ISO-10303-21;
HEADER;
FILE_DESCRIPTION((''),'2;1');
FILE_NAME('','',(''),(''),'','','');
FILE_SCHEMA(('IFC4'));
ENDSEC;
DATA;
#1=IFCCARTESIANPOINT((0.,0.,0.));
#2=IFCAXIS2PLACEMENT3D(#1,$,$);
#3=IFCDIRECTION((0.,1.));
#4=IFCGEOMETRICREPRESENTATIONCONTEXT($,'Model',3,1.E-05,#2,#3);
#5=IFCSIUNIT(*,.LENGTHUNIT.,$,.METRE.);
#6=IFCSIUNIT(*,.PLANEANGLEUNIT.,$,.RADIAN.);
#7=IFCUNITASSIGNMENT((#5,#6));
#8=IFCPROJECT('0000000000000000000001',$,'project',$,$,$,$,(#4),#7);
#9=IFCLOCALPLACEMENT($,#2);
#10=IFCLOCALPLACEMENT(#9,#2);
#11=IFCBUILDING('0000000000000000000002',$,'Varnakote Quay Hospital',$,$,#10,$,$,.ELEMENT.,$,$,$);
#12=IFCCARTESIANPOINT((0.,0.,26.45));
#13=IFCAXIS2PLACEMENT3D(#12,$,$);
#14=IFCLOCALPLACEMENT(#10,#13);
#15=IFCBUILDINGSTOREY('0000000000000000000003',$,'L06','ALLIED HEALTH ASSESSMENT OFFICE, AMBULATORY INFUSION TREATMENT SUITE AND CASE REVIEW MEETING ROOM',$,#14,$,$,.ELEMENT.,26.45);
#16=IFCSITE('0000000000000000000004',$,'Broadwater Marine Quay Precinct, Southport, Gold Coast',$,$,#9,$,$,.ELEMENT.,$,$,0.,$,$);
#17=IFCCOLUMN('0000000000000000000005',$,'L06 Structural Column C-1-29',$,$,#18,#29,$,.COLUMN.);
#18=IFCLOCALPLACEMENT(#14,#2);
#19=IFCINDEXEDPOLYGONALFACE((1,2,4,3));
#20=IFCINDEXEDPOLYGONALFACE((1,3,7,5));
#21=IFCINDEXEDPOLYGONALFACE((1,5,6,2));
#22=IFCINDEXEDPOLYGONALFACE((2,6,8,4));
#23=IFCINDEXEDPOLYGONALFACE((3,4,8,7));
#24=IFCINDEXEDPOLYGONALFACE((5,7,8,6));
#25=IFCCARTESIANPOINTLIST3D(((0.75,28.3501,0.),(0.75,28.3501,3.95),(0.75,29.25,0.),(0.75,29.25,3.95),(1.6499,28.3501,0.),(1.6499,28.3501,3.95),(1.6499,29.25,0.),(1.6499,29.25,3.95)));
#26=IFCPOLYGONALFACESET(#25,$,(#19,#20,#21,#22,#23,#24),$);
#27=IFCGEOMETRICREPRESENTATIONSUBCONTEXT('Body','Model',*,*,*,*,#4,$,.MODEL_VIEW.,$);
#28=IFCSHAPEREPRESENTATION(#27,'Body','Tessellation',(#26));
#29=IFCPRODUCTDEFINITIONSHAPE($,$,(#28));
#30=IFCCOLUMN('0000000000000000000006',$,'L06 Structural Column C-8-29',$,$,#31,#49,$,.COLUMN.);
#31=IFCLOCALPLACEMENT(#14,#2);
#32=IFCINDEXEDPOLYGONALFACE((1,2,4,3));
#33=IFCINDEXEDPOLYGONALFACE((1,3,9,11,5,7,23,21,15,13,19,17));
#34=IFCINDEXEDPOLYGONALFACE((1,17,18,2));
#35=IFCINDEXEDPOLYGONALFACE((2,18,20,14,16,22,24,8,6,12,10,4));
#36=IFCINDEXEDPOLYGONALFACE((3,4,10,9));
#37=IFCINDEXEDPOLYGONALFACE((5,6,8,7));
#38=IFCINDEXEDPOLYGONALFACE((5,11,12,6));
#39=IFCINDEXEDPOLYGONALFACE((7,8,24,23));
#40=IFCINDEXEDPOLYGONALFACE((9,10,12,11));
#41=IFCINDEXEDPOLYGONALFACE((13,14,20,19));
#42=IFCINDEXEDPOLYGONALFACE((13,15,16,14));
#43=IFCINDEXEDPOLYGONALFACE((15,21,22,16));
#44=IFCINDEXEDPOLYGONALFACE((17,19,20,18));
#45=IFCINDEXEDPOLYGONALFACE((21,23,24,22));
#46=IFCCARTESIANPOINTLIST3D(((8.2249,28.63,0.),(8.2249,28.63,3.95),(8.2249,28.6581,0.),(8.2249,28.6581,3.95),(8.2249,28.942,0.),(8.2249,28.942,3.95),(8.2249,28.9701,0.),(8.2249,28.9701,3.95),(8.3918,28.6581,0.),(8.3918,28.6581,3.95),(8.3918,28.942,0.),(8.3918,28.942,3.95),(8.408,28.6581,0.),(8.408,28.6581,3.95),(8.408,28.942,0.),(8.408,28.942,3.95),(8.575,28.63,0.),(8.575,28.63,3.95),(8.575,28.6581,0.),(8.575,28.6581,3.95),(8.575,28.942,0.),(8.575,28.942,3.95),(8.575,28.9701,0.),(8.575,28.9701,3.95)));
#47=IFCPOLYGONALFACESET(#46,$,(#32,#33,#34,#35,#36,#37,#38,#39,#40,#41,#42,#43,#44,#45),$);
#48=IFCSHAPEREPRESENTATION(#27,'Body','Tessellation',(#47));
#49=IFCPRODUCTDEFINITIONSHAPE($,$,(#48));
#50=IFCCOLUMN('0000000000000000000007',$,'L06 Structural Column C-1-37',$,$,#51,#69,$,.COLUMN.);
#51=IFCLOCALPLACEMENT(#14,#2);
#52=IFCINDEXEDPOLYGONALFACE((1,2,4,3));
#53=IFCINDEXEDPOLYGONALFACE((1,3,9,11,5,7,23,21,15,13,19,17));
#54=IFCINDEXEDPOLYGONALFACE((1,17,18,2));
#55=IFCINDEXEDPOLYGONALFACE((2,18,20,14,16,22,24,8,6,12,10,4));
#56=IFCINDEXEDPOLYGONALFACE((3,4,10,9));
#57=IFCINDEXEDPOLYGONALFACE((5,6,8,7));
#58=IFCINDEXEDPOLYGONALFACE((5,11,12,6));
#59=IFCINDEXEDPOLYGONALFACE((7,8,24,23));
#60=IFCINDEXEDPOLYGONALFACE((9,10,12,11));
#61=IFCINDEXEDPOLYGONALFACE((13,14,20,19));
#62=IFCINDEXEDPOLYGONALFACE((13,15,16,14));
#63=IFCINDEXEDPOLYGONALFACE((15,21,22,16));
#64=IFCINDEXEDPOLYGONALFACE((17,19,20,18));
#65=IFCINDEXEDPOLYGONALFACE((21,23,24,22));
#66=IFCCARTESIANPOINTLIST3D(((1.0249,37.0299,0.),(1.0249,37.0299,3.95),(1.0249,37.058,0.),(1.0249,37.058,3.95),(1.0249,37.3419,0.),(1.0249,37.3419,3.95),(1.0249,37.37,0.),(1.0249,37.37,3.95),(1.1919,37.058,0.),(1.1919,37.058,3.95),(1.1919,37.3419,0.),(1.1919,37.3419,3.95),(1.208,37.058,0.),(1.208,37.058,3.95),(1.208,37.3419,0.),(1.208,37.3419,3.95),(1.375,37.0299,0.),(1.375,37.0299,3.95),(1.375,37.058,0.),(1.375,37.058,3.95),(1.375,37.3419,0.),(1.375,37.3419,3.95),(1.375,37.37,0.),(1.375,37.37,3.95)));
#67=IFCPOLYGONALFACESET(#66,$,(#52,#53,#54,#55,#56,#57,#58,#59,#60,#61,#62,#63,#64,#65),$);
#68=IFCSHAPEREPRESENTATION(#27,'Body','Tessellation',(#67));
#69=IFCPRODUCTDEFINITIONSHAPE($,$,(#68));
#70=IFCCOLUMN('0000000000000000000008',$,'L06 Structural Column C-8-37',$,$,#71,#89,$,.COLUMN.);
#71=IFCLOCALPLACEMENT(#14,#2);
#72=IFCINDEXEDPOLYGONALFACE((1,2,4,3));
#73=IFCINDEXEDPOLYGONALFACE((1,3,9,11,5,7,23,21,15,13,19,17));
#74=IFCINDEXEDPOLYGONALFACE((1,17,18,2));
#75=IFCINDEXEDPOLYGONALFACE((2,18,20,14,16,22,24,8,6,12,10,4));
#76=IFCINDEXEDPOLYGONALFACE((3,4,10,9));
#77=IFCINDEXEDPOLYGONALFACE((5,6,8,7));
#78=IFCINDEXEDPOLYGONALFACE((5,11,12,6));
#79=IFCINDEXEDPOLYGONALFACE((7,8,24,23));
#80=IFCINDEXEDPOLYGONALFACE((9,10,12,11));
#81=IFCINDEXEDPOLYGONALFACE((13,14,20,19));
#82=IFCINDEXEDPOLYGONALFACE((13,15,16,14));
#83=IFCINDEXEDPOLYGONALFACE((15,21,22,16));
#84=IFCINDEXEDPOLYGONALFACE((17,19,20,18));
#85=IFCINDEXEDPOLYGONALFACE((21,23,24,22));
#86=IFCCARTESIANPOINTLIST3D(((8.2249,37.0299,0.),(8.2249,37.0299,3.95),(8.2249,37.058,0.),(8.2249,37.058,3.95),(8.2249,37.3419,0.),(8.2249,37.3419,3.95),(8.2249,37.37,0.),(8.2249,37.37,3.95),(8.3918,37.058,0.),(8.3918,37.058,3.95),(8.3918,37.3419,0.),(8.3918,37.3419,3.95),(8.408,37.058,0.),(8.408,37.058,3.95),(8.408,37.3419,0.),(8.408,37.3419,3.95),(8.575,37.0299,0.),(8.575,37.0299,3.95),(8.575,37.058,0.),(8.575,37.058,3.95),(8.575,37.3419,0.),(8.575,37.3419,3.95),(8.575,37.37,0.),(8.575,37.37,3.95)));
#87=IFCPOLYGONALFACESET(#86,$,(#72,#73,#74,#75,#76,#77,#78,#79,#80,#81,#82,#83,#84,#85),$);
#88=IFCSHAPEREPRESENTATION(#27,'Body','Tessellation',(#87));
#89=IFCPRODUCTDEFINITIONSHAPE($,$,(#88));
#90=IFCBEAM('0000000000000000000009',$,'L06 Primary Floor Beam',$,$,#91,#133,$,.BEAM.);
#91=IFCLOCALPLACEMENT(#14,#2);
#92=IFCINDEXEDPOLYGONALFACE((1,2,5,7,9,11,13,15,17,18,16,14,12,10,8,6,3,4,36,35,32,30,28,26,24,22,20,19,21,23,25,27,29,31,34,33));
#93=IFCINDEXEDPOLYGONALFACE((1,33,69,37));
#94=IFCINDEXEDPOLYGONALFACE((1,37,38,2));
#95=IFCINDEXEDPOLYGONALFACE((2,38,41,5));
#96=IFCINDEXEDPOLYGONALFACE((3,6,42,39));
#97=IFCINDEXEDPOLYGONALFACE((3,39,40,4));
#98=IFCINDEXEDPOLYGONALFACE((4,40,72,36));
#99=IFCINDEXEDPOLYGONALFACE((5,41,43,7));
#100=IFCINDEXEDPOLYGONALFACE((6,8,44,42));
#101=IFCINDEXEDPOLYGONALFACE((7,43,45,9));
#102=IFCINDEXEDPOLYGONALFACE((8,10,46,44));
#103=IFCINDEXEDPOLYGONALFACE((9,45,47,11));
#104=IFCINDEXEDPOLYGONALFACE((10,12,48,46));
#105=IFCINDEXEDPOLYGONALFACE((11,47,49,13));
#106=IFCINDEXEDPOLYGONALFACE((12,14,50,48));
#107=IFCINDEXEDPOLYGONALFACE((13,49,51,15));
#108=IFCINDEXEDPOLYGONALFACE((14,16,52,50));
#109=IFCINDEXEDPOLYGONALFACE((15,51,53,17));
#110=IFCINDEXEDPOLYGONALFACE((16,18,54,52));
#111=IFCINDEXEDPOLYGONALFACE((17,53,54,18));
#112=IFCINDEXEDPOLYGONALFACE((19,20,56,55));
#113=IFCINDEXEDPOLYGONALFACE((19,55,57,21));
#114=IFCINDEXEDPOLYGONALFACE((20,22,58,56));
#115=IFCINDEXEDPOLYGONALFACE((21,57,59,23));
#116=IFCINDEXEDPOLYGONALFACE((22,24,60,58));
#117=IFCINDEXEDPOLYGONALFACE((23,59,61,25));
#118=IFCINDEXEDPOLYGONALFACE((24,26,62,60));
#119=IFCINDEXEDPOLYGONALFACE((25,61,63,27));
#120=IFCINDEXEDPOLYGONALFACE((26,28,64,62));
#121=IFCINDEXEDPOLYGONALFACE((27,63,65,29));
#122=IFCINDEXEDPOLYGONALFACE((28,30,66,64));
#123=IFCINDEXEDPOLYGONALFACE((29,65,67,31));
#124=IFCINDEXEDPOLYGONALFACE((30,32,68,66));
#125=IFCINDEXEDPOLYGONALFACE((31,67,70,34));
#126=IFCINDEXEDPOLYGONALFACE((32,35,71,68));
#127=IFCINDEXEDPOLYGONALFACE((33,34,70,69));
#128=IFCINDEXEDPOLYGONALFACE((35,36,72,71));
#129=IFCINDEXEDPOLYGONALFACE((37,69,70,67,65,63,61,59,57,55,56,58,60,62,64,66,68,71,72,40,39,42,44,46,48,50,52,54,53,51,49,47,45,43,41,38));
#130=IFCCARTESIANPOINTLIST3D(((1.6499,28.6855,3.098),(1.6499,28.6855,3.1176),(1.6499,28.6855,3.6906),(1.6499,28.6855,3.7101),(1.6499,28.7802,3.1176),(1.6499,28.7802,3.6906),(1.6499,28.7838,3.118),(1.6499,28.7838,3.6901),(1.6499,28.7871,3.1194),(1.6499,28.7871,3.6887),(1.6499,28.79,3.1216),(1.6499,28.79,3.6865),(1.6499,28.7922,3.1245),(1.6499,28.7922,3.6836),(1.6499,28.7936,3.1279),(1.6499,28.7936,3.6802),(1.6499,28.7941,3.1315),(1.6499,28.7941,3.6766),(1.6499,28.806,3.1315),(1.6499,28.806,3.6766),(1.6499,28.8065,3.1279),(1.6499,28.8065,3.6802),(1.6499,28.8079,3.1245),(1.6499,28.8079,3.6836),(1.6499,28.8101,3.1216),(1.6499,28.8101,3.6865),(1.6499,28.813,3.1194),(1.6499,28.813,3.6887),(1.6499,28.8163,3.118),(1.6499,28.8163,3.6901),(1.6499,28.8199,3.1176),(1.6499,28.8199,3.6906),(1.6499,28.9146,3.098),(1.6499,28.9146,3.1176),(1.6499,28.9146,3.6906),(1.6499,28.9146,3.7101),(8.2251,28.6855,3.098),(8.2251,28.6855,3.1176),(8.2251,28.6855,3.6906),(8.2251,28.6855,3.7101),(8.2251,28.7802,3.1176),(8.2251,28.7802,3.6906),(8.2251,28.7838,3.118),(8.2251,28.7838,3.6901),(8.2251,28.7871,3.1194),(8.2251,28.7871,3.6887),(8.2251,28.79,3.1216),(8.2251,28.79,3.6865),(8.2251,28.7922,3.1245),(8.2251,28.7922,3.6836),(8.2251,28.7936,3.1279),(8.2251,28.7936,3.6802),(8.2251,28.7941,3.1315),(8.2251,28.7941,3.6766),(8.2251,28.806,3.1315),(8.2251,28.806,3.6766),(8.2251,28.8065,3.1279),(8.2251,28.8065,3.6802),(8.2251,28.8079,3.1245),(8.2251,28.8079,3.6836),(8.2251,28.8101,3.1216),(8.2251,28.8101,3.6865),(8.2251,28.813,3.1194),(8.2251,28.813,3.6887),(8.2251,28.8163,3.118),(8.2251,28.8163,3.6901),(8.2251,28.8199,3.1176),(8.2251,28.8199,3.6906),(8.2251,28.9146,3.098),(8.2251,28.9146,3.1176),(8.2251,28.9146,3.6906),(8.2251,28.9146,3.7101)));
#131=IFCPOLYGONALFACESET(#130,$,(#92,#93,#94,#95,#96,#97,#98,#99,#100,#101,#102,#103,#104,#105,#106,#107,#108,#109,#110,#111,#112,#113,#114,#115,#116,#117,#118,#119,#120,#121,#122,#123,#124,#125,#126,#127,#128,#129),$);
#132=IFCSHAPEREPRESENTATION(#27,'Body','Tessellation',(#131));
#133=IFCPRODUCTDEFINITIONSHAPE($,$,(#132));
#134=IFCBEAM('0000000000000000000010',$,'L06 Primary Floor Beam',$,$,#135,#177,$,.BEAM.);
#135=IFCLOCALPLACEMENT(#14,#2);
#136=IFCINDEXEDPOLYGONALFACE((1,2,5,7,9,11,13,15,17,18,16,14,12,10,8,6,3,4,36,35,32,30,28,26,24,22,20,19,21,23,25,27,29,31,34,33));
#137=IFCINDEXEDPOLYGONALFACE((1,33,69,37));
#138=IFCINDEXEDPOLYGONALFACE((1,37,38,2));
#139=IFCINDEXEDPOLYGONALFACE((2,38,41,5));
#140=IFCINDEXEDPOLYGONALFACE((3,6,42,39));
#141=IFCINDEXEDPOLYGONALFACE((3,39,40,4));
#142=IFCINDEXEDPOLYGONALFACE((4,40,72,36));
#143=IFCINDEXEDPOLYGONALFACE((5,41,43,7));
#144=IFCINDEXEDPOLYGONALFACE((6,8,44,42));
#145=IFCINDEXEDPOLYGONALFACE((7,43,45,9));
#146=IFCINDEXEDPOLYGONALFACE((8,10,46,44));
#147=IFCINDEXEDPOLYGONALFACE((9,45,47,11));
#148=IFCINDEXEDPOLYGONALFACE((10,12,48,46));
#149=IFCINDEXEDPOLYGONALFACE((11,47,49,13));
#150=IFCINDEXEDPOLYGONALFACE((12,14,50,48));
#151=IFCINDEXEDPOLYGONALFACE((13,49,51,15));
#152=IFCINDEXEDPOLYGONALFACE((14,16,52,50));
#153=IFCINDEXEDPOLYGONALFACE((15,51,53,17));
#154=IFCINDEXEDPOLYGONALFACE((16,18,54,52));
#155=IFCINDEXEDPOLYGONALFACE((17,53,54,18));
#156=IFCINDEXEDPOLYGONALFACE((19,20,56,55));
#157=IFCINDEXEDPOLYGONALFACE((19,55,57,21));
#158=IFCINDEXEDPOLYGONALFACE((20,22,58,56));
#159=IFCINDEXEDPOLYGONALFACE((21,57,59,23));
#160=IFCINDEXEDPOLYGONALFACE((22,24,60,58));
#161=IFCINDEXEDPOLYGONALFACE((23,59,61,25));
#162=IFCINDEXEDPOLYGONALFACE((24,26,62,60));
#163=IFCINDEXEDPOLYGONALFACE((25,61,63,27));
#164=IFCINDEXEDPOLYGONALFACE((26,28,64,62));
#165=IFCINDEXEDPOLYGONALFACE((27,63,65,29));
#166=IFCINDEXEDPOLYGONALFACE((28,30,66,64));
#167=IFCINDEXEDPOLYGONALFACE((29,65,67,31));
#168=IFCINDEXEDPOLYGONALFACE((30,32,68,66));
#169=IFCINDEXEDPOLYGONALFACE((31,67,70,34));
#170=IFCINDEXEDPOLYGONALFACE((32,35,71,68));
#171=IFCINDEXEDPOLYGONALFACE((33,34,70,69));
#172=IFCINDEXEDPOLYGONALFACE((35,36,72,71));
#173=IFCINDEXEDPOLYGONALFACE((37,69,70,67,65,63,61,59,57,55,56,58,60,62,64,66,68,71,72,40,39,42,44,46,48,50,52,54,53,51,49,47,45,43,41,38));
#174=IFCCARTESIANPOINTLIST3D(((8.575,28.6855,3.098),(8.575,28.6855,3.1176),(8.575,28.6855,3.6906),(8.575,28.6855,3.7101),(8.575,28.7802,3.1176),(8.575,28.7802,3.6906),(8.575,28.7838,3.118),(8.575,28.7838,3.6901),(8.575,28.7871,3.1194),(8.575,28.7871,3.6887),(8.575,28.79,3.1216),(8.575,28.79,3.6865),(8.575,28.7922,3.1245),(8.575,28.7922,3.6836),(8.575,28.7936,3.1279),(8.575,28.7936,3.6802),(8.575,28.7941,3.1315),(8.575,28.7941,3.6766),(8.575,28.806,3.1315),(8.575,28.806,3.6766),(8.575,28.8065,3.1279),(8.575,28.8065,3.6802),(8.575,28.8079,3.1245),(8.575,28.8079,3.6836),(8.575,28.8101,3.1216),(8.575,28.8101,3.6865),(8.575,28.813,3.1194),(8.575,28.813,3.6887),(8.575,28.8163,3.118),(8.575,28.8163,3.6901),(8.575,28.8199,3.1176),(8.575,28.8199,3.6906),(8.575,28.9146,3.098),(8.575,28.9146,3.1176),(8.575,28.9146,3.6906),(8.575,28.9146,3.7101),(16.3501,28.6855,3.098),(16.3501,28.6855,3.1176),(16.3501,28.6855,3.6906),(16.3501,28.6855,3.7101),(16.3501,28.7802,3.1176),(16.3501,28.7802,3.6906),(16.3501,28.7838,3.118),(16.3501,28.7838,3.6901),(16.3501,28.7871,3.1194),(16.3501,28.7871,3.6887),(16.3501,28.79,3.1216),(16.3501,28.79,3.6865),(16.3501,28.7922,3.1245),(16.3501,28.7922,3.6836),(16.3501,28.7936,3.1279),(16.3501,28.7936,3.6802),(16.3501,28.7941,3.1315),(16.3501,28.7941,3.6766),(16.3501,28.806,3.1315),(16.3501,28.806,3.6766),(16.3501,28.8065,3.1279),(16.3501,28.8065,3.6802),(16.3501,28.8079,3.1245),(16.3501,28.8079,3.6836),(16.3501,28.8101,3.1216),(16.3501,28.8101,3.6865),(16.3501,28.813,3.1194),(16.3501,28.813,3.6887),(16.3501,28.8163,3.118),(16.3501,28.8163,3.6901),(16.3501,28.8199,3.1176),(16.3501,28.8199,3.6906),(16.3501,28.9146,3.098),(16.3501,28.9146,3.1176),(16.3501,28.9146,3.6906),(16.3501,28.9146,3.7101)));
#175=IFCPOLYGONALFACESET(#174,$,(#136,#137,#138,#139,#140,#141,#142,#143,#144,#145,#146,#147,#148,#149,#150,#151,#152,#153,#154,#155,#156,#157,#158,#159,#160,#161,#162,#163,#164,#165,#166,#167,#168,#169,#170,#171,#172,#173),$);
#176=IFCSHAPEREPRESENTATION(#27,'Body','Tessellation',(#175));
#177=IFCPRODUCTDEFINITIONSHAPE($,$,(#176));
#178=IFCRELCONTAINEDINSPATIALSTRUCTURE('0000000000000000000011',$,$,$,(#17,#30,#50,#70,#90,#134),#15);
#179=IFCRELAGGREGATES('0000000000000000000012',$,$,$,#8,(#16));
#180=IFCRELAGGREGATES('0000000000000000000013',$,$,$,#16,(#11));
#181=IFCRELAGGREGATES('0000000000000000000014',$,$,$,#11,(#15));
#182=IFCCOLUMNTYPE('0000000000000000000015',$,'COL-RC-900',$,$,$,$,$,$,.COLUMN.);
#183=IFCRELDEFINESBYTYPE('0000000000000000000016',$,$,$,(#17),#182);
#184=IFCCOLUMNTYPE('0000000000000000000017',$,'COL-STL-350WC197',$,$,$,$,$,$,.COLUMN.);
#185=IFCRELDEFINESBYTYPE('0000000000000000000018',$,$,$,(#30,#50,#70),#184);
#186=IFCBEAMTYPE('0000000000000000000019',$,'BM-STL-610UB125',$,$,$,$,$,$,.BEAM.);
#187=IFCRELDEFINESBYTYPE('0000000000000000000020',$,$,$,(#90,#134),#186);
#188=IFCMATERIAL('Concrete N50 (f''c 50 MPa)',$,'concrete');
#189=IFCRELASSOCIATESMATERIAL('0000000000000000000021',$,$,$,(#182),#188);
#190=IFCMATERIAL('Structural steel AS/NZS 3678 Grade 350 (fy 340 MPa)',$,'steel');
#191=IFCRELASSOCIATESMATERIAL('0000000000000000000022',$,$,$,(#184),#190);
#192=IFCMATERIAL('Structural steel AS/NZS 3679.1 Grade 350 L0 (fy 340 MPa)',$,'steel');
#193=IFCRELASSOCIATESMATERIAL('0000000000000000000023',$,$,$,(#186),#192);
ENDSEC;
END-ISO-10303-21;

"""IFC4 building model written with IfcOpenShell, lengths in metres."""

from ifc_helpers import new_model, si_unit, direction, frame, origin, origin_2d, place, context, subcontext, project, spatial, rectangle, i_section, extrude, material, material_profile, profile_set, type_object, element, save


model = new_model("IFC4")

# Units and contexts
model_context = context("Model", 3, precision=1e-05, world=origin(), true_north=direction((0.0, 1.0)))
body_context = subcontext(model_context, "Body", "Model", "MODEL_VIEW")
ifc_project = project(units=[si_unit("LENGTHUNIT", "METRE"), si_unit("PLANEANGLEUNIT", "RADIAN")], contexts=[model_context])

# Site, building, storey
site_placement = place(None, origin())
site = spatial("IfcSite", under=ifc_project, at=site_placement, Name="Broadwater Marine Quay Precinct, Southport, Gold Coast", CompositionType="ELEMENT", RefElevation=0.0)
building_placement = place(site_placement, origin())
building = spatial("IfcBuilding", under=site, at=building_placement, Name="Varnakote Quay Hospital", CompositionType="ELEMENT")
storey_placement = place(building_placement, frame((0.0, 0.0, 26.45)))
storey = spatial("IfcBuildingStorey", under=building, at=storey_placement, Name="L06", Description="ALLIED HEALTH ASSESSMENT OFFICE, AMBULATORY INFUSION TREATMENT SUITE AND CASE REVIEW MEETING ROOM", CompositionType="ELEMENT", Elevation=26.45)

# Columns
ifc_material_1 = material(Name="Concrete N50 (f'c 50 MPa)", Category="concrete")
ifc_material_profile_1 = material_profile(ifc_material_1, rectangle(XDim=0.8999, YDim=0.8999, at=origin_2d()), Name="RC-COL-900x900")
ifc_profile_set_1 = profile_set([ifc_material_profile_1], Name="Concrete N50 (f'c 50 MPa)")
column_type_1 = type_object("IfcColumnType", Name="COL-RC-900", PredefinedType="COLUMN", material=ifc_profile_set_1)
column_placement = place(storey_placement, frame((1.2, 28.8, 0.0), z_axis=(0.0, 0.0, 1.0), x_axis=(1.0, 0.0, 0.0)))
element("IfcColumn", 1, at=column_placement, inside=storey, type_object=column_type_1, Name="L06 Structural Column C-1-29", PredefinedType="COLUMN", context=body_context, shape_type="SweptSolid", body=[
    extrude(rectangle(XDim=0.8999, YDim=0.8999, at=origin_2d()), origin(), (0.0, 0.0, 1.0), 3.95),
])
ifc_material_2 = material(Name="Structural steel AS/NZS 3678 Grade 350 (fy 340 MPa)", Category="steel")
ifc_material_profile_2 = material_profile(ifc_material_2, i_section(OverallWidth=0.3501, OverallDepth=0.3401, WebThickness=0.0161, FlangeThickness=0.0281, at=origin_2d()), Name="350WC197")
ifc_profile_set_2 = profile_set([ifc_material_profile_2], Name="Structural steel AS/NZS 3678 Grade 350 (fy 340 MPa)")
column_type_2 = type_object("IfcColumnType", Name="COL-STL-350WC197", PredefinedType="COLUMN", material=ifc_profile_set_2)
for number, where, z_axis, x_axis, name in (
    (2, (8.3999, 28.8, 0.0), (0.0, 0.0, 1.0), (1.0, 0.0, 0.0), "L06 Structural Column C-8-29"),
    (3, (1.2, 37.2, 0.0), (0.0, 0.0, 1.0), (1.0, 0.0, 0.0), "L06 Structural Column C-1-37"),
    (4, (8.3999, 37.2, 0.0), (0.0, 0.0, 1.0), (1.0, 0.0, 0.0), "L06 Structural Column C-8-37"),
):
    element("IfcColumn", number, at=place(storey_placement, frame(where, z_axis=z_axis, x_axis=x_axis)), inside=storey, type_object=column_type_2, Name=name, PredefinedType="COLUMN", context=body_context, shape_type="SweptSolid", body=[
        extrude(i_section(OverallWidth=0.3501, OverallDepth=0.3401, WebThickness=0.0161, FlangeThickness=0.0281, at=origin_2d()), origin(), (0.0, 0.0, 1.0), 3.95),
    ])

# Beams
ifc_material_3 = material(Name="Structural steel AS/NZS 3679.1 Grade 350 L0 (fy 340 MPa)", Category="steel")
ifc_material_profile_3 = material_profile(ifc_material_3, i_section(OverallWidth=0.229, OverallDepth=0.6121, WebThickness=0.012, FlangeThickness=0.0195, FilletRadius=0.0139, at=origin_2d()), Name="610UB125")
ifc_profile_set_3 = profile_set([ifc_material_profile_3], Name="Structural steel AS/NZS 3679.1 Grade 350 L0 (fy 340 MPa)")
beam_type_1 = type_object("IfcBeamType", Name="BM-STL-610UB125", PredefinedType="BEAM", material=ifc_profile_set_3)
beam_1_placement = place(storey_placement, frame((1.6499, 28.8, 3.4041), z_axis=(1.0, 0.0, 0.0), x_axis=(0.0, 1.0, 0.0)))
element("IfcBeam", 5, at=beam_1_placement, inside=storey, type_object=beam_type_1, Name="L06 Primary Floor Beam", PredefinedType="BEAM", context=body_context, shape_type="SweptSolid", body=[
    extrude(i_section(OverallWidth=0.229, OverallDepth=0.6121, WebThickness=0.012, FlangeThickness=0.0195, FilletRadius=0.0139, at=origin_2d()), origin(), (0.0, 0.0, 1.0), 6.5752),
])
beam_2_placement = place(storey_placement, frame((8.575, 28.8, 3.4041), z_axis=(1.0, 0.0, 0.0), x_axis=(0.0, 1.0, 0.0)))
element("IfcBeam", 6, at=beam_2_placement, inside=storey, type_object=beam_type_1, Name="L06 Primary Floor Beam", PredefinedType="BEAM", context=body_context, shape_type="SweptSolid", body=[
    extrude(i_section(OverallWidth=0.229, OverallDepth=0.6121, WebThickness=0.012, FlangeThickness=0.0195, FilletRadius=0.0139, at=origin_2d()), origin(), (0.0, 0.0, 1.0), 7.7751),
])

save(model, "model.ifc")
